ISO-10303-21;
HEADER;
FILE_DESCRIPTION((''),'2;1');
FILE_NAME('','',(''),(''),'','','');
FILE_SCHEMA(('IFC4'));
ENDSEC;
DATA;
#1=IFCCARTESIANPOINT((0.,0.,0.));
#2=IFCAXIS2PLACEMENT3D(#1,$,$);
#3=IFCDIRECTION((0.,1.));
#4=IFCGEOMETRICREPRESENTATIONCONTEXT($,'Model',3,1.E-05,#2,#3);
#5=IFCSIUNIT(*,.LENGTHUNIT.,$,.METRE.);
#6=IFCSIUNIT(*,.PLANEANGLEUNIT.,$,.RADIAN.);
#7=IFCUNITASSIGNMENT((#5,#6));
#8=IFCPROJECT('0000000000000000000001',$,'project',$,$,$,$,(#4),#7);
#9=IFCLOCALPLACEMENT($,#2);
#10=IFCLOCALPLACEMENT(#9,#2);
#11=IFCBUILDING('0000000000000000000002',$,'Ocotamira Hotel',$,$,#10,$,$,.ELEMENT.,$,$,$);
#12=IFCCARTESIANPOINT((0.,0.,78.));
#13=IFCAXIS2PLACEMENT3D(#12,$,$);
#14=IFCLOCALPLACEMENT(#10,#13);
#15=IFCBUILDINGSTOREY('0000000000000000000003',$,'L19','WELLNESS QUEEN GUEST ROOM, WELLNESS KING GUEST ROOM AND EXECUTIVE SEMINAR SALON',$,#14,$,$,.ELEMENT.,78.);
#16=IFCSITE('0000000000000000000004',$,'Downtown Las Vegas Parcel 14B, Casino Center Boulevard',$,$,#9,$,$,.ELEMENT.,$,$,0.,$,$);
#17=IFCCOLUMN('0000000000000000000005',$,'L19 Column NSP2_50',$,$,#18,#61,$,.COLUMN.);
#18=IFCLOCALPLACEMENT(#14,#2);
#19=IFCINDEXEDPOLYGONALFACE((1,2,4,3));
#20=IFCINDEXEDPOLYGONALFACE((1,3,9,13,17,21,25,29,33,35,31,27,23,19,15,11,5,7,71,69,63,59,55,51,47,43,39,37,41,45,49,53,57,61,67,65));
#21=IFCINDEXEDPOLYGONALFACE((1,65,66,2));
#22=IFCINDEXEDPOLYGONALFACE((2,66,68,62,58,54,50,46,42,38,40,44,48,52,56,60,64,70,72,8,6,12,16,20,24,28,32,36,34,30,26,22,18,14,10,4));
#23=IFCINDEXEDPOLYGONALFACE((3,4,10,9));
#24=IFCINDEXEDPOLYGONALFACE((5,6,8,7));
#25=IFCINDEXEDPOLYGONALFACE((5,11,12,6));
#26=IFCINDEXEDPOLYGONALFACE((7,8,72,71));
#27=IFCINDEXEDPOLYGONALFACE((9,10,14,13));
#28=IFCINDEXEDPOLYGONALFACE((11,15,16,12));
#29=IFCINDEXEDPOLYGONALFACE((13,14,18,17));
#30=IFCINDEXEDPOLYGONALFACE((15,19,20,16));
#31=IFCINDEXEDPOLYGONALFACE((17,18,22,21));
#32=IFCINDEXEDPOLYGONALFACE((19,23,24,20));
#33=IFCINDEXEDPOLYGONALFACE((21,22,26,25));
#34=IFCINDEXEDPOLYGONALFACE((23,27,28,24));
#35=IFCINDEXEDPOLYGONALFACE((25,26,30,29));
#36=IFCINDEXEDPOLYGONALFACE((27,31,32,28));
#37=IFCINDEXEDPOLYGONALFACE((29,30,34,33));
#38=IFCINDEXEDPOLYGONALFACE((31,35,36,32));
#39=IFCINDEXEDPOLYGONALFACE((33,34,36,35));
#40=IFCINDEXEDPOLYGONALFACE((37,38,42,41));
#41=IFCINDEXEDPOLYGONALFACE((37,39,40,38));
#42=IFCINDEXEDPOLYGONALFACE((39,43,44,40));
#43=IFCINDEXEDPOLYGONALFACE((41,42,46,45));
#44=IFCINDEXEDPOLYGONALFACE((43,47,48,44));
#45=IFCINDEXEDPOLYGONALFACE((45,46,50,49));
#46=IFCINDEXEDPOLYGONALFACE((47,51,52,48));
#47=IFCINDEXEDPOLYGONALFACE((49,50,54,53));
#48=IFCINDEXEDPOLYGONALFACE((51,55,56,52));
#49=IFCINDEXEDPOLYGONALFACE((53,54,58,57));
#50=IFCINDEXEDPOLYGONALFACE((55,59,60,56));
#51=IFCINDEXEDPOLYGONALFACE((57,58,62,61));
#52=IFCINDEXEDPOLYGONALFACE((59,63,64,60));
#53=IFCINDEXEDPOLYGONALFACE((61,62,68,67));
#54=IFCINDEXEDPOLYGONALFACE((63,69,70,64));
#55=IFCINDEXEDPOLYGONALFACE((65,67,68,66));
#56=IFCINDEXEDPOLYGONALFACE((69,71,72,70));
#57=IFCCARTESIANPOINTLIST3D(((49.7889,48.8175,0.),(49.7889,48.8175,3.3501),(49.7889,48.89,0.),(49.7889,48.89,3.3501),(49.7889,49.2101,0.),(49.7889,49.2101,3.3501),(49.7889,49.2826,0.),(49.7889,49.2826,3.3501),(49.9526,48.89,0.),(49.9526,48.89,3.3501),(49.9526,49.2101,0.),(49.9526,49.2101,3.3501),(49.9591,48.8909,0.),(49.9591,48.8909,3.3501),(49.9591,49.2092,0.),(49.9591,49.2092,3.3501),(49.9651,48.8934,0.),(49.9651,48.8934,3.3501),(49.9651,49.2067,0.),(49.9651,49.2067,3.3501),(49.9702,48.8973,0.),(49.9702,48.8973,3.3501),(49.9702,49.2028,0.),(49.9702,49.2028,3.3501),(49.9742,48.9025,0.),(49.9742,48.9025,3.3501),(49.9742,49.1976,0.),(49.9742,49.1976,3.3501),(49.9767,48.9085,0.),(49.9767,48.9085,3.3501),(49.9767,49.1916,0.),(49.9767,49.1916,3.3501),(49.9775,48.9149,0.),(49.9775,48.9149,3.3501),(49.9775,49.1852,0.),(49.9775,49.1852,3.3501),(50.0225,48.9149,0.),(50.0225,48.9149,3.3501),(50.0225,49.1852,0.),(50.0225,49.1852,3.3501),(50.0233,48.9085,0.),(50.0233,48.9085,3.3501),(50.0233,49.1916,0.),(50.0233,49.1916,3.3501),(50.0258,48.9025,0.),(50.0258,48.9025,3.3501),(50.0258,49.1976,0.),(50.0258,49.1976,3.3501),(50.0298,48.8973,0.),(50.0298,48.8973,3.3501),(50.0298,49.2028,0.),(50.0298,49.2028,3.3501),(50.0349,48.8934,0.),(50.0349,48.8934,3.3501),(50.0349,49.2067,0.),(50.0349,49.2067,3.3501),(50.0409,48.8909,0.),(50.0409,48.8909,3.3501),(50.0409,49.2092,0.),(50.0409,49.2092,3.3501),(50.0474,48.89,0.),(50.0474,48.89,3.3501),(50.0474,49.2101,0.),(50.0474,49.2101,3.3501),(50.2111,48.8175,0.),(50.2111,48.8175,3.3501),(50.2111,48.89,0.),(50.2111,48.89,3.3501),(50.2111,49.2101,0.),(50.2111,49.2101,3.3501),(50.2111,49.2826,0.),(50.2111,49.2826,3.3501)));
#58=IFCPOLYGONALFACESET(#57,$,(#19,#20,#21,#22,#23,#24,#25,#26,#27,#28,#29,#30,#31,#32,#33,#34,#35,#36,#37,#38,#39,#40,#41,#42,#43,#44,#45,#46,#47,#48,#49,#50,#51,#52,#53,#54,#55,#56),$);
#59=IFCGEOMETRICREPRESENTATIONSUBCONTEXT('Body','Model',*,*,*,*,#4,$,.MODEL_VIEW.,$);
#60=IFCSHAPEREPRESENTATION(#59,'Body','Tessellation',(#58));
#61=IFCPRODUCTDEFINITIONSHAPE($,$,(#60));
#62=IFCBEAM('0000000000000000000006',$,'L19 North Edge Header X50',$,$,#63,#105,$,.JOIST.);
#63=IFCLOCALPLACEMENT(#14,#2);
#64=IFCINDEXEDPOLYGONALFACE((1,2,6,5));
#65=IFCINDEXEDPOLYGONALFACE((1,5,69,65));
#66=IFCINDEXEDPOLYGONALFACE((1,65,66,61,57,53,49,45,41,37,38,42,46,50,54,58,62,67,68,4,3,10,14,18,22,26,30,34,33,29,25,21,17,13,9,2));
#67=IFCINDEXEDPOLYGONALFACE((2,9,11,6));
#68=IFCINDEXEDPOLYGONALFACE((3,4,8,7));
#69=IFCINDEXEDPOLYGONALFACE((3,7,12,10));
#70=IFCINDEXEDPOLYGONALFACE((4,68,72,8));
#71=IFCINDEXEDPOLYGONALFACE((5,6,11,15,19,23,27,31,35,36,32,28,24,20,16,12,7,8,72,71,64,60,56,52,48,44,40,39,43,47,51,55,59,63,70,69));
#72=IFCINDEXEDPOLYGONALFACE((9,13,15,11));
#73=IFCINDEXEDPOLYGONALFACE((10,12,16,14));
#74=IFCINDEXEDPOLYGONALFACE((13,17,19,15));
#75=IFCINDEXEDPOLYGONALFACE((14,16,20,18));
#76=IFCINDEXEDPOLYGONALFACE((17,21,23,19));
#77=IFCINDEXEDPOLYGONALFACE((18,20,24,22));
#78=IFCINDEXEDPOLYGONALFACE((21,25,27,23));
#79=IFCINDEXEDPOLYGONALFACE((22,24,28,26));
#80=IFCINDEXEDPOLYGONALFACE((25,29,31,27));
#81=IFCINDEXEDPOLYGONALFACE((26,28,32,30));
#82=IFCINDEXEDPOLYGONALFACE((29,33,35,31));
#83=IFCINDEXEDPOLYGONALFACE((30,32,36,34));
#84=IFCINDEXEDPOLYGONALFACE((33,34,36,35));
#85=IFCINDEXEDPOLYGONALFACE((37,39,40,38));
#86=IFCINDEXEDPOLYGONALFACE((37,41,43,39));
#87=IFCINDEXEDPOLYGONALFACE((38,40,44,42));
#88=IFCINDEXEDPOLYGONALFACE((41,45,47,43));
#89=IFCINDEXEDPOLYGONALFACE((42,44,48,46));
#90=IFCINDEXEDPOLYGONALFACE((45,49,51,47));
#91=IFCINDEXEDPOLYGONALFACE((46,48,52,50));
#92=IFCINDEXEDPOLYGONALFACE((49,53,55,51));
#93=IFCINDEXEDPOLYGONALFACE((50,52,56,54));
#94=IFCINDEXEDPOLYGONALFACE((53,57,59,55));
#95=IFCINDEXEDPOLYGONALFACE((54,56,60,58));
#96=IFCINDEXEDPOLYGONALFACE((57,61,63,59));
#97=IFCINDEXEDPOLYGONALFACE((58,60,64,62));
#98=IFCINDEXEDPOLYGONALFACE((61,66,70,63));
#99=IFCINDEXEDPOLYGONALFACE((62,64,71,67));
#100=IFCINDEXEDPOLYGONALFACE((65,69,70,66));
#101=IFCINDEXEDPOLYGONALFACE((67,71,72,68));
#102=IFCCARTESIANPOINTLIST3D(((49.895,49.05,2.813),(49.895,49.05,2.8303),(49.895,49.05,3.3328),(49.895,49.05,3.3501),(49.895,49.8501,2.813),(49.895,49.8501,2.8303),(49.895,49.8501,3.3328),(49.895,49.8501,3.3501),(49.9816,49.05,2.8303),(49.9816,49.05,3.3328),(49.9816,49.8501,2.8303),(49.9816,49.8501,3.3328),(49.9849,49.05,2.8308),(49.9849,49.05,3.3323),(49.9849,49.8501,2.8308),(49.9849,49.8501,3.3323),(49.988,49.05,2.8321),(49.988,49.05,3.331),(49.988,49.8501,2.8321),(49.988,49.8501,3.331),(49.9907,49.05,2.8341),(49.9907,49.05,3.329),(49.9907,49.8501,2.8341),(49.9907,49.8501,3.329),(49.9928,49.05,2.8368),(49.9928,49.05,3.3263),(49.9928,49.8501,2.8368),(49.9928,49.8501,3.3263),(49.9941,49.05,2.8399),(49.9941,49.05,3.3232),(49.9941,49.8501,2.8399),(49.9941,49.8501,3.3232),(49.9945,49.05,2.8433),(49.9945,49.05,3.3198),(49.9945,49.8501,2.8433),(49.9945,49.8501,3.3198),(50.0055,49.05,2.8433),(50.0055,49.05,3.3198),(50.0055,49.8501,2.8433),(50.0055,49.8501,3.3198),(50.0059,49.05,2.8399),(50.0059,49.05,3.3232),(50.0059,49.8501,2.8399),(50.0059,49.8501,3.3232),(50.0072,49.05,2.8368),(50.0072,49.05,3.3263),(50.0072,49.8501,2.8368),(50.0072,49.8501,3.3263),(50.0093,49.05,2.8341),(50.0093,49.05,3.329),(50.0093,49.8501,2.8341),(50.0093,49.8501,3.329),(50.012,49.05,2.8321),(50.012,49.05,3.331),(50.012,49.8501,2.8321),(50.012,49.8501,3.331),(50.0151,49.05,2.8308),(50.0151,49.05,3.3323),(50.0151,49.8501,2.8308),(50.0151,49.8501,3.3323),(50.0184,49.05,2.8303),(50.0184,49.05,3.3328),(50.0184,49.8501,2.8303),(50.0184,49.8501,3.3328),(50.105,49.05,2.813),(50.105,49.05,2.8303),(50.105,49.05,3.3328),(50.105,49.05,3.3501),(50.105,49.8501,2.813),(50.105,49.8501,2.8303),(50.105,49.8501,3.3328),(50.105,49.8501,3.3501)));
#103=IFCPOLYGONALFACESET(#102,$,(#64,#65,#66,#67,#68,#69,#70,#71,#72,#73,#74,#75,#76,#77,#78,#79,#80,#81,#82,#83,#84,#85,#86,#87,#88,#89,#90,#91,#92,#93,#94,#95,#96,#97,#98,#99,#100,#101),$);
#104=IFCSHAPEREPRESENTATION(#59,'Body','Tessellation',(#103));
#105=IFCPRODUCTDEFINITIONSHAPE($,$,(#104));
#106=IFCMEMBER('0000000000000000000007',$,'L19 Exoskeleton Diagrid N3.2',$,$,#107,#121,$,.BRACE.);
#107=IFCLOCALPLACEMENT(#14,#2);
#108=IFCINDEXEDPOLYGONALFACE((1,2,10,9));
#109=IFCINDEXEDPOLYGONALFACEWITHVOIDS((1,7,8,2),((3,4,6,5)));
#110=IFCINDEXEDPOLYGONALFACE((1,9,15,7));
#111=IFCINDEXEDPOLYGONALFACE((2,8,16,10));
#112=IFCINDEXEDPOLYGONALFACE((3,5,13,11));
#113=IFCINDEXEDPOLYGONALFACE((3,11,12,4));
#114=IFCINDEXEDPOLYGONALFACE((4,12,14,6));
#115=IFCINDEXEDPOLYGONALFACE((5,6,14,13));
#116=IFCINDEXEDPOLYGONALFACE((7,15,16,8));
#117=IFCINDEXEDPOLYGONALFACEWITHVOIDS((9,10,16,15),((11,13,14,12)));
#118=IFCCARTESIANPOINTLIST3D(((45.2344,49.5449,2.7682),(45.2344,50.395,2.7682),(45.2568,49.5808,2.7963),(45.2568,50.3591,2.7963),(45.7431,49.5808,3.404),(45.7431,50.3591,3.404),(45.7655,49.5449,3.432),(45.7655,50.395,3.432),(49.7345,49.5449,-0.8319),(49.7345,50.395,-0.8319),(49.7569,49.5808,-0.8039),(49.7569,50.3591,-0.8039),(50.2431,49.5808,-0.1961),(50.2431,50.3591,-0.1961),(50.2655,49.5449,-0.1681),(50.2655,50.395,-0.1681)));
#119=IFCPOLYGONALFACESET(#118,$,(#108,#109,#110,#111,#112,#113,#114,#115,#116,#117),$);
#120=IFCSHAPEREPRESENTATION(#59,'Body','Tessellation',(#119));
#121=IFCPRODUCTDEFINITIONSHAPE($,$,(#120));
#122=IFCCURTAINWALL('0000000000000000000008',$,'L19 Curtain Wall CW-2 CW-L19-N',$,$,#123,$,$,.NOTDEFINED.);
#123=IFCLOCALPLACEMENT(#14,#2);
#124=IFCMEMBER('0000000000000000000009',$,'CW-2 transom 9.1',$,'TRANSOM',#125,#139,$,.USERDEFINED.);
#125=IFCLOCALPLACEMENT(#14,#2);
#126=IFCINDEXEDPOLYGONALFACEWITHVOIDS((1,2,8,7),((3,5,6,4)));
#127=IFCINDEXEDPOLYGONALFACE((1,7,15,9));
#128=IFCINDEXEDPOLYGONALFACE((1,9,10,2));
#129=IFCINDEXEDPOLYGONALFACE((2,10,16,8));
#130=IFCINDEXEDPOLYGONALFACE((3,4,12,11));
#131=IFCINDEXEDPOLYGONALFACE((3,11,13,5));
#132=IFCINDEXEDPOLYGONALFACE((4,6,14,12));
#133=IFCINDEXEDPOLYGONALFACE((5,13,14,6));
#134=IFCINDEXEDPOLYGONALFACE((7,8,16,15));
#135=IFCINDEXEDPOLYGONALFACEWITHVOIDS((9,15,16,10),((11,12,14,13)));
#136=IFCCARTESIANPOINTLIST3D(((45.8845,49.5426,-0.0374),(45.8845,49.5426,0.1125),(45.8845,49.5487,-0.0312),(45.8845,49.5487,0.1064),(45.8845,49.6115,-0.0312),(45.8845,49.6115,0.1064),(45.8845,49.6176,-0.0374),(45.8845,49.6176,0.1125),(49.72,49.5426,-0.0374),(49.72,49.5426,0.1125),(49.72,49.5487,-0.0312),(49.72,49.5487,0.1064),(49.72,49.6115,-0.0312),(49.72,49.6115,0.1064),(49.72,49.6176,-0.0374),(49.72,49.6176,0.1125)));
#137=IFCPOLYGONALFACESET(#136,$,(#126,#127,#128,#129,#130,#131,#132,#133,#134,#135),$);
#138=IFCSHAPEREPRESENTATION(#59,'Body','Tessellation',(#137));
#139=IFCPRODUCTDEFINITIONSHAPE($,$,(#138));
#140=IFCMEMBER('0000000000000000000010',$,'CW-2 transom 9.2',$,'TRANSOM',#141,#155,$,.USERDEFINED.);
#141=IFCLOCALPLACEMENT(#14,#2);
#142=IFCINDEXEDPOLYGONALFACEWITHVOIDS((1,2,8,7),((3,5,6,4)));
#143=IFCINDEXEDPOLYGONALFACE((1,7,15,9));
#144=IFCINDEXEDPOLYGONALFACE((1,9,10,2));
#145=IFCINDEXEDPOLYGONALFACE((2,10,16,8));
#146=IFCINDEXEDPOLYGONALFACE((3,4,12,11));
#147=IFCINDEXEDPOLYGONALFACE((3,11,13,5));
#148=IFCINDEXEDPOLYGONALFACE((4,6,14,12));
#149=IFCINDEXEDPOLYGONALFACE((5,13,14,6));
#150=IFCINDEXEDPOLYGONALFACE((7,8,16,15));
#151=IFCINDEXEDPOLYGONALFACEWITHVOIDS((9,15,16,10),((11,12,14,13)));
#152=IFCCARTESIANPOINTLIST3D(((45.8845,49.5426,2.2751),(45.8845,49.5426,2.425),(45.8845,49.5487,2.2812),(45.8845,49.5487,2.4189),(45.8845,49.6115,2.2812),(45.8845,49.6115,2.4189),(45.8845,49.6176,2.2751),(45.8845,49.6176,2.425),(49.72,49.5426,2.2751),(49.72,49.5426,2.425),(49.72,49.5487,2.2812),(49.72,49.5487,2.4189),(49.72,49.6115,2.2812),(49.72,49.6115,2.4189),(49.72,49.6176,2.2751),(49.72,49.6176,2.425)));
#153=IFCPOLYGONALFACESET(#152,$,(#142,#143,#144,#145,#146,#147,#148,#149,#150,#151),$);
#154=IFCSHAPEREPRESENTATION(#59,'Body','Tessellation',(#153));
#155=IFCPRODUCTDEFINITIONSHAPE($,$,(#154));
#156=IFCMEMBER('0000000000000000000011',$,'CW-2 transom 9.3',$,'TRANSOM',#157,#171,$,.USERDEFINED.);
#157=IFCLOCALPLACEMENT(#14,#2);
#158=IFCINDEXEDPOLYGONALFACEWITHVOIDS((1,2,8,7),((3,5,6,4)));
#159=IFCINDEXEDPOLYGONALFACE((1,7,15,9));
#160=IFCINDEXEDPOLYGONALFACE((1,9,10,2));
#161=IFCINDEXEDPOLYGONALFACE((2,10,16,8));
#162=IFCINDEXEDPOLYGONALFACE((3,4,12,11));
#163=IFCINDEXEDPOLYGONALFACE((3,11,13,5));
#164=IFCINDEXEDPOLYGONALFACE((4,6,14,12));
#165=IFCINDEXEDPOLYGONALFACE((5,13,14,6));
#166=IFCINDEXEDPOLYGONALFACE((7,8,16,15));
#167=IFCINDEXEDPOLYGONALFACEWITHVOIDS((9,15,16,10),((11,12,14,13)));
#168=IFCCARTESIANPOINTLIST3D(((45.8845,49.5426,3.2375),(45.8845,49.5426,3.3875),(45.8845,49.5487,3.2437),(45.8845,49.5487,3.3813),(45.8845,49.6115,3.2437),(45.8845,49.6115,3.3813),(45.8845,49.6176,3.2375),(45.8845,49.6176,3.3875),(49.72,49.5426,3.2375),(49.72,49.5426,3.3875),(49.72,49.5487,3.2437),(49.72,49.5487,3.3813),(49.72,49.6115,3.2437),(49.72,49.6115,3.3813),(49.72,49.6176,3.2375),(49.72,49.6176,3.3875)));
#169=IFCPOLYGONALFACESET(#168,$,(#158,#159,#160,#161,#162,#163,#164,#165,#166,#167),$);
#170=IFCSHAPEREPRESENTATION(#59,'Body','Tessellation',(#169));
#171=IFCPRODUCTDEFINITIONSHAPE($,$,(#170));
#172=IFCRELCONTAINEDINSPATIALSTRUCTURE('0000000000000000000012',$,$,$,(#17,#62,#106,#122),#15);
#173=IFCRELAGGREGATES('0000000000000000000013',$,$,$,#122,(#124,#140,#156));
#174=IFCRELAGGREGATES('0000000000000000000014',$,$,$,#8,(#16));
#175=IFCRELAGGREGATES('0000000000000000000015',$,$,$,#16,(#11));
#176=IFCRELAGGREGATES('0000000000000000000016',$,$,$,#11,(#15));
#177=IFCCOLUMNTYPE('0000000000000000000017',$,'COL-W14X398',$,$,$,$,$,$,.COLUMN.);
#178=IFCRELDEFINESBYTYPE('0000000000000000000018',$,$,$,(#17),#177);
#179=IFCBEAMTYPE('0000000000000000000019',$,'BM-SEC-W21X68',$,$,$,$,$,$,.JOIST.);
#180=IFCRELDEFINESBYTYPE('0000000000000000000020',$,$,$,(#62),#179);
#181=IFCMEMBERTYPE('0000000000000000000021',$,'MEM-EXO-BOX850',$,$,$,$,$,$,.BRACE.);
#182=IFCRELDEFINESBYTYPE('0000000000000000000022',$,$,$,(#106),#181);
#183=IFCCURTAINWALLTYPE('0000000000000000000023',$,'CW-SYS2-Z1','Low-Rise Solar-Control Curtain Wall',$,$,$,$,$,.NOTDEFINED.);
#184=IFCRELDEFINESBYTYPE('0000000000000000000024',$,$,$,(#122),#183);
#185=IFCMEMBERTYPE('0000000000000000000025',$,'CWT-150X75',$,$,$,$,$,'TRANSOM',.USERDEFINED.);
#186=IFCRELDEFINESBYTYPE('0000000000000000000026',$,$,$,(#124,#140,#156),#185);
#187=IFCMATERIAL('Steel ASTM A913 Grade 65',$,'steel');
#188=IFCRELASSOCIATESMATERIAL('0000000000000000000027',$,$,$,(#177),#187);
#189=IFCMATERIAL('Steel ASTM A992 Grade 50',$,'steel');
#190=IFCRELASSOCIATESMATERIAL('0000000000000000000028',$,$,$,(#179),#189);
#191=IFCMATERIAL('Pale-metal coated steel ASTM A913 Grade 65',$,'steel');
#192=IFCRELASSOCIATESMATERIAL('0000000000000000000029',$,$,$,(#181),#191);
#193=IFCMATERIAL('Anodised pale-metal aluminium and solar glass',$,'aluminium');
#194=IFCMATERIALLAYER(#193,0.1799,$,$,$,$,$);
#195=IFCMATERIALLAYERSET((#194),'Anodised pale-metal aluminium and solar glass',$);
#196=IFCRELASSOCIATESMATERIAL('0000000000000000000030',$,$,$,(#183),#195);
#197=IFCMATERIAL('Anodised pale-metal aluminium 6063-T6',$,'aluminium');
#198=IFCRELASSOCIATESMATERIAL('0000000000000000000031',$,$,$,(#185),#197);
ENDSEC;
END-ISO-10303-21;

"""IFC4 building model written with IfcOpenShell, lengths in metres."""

from ifc_helpers import new_model, si_unit, direction, frame, origin, origin_2d, place, context, subcontext, project, spatial, hollow_rectangle, i_section, extrude, source, transform, mapped, material, layer, layer_set, material_profile, profile_set, type_object, element, aggregate, save


model = new_model("IFC4")

# Units and contexts
model_context = context("Model", 3, precision=1e-05, world=origin(), true_north=direction((0.0, 1.0)))
body_context = subcontext(model_context, "Body", "Model", "MODEL_VIEW")
ifc_project = project(units=[si_unit("LENGTHUNIT", "METRE"), si_unit("PLANEANGLEUNIT", "RADIAN")], contexts=[model_context])

# Site, building, storey
site_placement = place(None, origin())
site = spatial("IfcSite", under=ifc_project, at=site_placement, Name="Downtown Las Vegas Parcel 14B, Casino Center Boulevard", CompositionType="ELEMENT", RefElevation=0.0)
building_placement = place(site_placement, origin())
building = spatial("IfcBuilding", under=site, at=building_placement, Name="Ocotamira Hotel", CompositionType="ELEMENT")
storey_placement = place(building_placement, frame((0.0, 0.0, 78.0)))
storey = spatial("IfcBuildingStorey", under=building, at=storey_placement, Name="L19", Description="WELLNESS QUEEN GUEST ROOM, WELLNESS KING GUEST ROOM AND EXECUTIVE SEMINAR SALON", CompositionType="ELEMENT", Elevation=78.0)

# Column
ifc_material_1 = material(Name="Steel ASTM A913 Grade 65", Category="steel")
ifc_material_profile_1 = material_profile(ifc_material_1, i_section(OverallWidth=0.4221, OverallDepth=0.4651, WebThickness=0.0449, FlangeThickness=0.0725, FilletRadius=0.0249, at=origin_2d()), Name="W14X398")
ifc_profile_set_1 = profile_set([ifc_material_profile_1], Name="Steel ASTM A913 Grade 65")
column_type = type_object("IfcColumnType", Name="COL-W14X398", PredefinedType="COLUMN", material=ifc_profile_set_1)
shared_shape_1 = source(origin(), body_context, "Body", "SweptSolid", [
    extrude(i_section(OverallWidth=0.4221, OverallDepth=0.4651, WebThickness=0.0449, FlangeThickness=0.0725, FilletRadius=0.0249, at=origin_2d()), origin(), (0.0, 0.0, 1.0), 3.3501),
])
column_placement = place(storey_placement, frame((50.0, 49.05, 0.0), z_axis=(0.0, 0.0, 1.0), x_axis=(1.0, 0.0, 0.0)))
element("IfcColumn", 1, at=column_placement, inside=storey, type_object=column_type, Name="L19 Column NSP2_50", PredefinedType="COLUMN", context=body_context, shape_type="MappedRepresentation", body=[
    mapped(shared_shape_1, transform((0.0, 0.0, 0.0), scale=1.0)),
])

# Beam
ifc_material_2 = material(Name="Steel ASTM A992 Grade 50", Category="steel")
ifc_material_profile_2 = material_profile(ifc_material_2, i_section(OverallWidth=0.21, OverallDepth=0.5371, WebThickness=0.011, FlangeThickness=0.0173, FilletRadius=0.0129, at=origin_2d()), Name="W21X68")
ifc_profile_set_2 = profile_set([ifc_material_profile_2], Name="Steel ASTM A992 Grade 50")
beam_type = type_object("IfcBeamType", Name="BM-SEC-W21X68", PredefinedType="JOIST", material=ifc_profile_set_2)
shared_shape_2 = source(origin(), body_context, "Body", "SweptSolid", [
    extrude(i_section(OverallWidth=0.21, OverallDepth=0.5371, WebThickness=0.011, FlangeThickness=0.0173, FilletRadius=0.0129, at=origin_2d()), origin(), (0.0, 0.0, 1.0), 0.8),
])
beam_placement = place(storey_placement, frame((50.0, 49.05, 3.0815), z_axis=(0.0, 1.0, 0.0), x_axis=(-1.0, 0.0, 0.0)))
element("IfcBeam", 2, at=beam_placement, inside=storey, type_object=beam_type, Name="L19 North Edge Header X50", PredefinedType="JOIST", context=body_context, shape_type="MappedRepresentation", body=[
    mapped(shared_shape_2, transform((0.0, 0.0, 0.0), scale=1.0)),
])

# Member
ifc_material_3 = material(Name="Pale-metal coated steel ASTM A913 Grade 65", Category="steel")
ifc_material_profile_3 = material_profile(ifc_material_3, hollow_rectangle(XDim=0.8501, YDim=0.8501, WallThickness=0.0359, at=origin_2d()), Name="BOX850X850X36")
ifc_profile_set_3 = profile_set([ifc_material_profile_3], Name="Pale-metal coated steel ASTM A913 Grade 65")
member_type_1 = type_object("IfcMemberType", Name="MEM-EXO-BOX850", PredefinedType="BRACE", material=ifc_profile_set_3)
shared_shape_3 = source(origin(), body_context, "Body", "SweptSolid", [
    extrude(hollow_rectangle(XDim=0.8501, YDim=0.8501, WallThickness=0.0359, at=origin_2d()), origin(), (0.0, 0.0, 1.0), 5.7629),
])
member_1_placement = place(storey_placement, frame((50.0, 49.97, -0.5), z_axis=(-0.780861, 0.0, 0.624705), x_axis=(0.0, -1.0, 0.0)))
element("IfcMember", 3, at=member_1_placement, inside=storey, type_object=member_type_1, Name="L19 Exoskeleton Diagrid N3.2", PredefinedType="BRACE", context=body_context, shape_type="MappedRepresentation", body=[
    mapped(shared_shape_3, transform((0.0, 0.0, 0.0), scale=1.0)),
])

# Curtain wall, members
ifc_material_4 = material(Name="Anodised pale-metal aluminium and solar glass", Category="aluminium")
ifc_layer_1 = layer(ifc_material_4, 0.1799)
ifc_layer_set_1 = layer_set([ifc_layer_1], Name="Anodised pale-metal aluminium and solar glass")
curtain_wall_type = type_object("IfcCurtainWallType", Name="CW-SYS2-Z1", Description="Low-Rise Solar-Control Curtain Wall", PredefinedType="NOTDEFINED", material=ifc_layer_set_1)
curtain_wall_1_placement = place(storey_placement, origin())
curtain_wall_1 = element("IfcCurtainWall", 4, at=curtain_wall_1_placement, inside=storey, type_object=curtain_wall_type, Name="L19 Curtain Wall CW-2 CW-L19-N", PredefinedType="NOTDEFINED")
ifc_material_5 = material(Name="Anodised pale-metal aluminium 6063-T6", Category="aluminium")
ifc_material_profile_4 = material_profile(ifc_material_5, hollow_rectangle(XDim=0.075, YDim=0.1499, WallThickness=0.0061, at=origin_2d()), Name="HSS150X75X6")
ifc_profile_set_4 = profile_set([ifc_material_profile_4], Name="Anodised pale-metal aluminium 6063-T6")
member_type_2 = type_object("IfcMemberType", Name="CWT-150X75", ElementType="TRANSOM", PredefinedType="USERDEFINED", material=ifc_profile_set_4)
shared_shape_4 = source(origin(), body_context, "Body", "SweptSolid", [
    extrude(hollow_rectangle(XDim=0.075, YDim=0.1499, WallThickness=0.0061, at=origin_2d()), origin(), (0.0, 0.0, 1.0), 3.8354),
])
member_2_placement = place(storey_placement, frame((45.8845, 49.5801, 0.0376), z_axis=(1.0, 0.0, 0.0), x_axis=(0.0, 1.0, 0.0)))
member_2 = element("IfcMember", 5, at=member_2_placement, type_object=member_type_2, Name="CW-2 transom 9.1", ObjectType="TRANSOM", PredefinedType="USERDEFINED", context=body_context, shape_type="MappedRepresentation", body=[
    mapped(shared_shape_4, transform((0.0, 0.0, 0.0), scale=1.0)),
])
member_3_placement = place(storey_placement, frame((45.8845, 49.5801, 2.3501), z_axis=(1.0, 0.0, 0.0), x_axis=(0.0, 1.0, 0.0)))
member_3 = element("IfcMember", 6, at=member_3_placement, type_object=member_type_2, Name="CW-2 transom 9.2", ObjectType="TRANSOM", PredefinedType="USERDEFINED", context=body_context, shape_type="MappedRepresentation", body=[
    mapped(shared_shape_4, transform((0.0, 0.0, 0.0), scale=1.0)),
])
member_4_placement = place(storey_placement, frame((45.8845, 49.5801, 3.3125), z_axis=(1.0, 0.0, 0.0), x_axis=(0.0, 1.0, 0.0)))
member_4 = element("IfcMember", 7, at=member_4_placement, type_object=member_type_2, Name="CW-2 transom 9.3", ObjectType="TRANSOM", PredefinedType="USERDEFINED", context=body_context, shape_type="MappedRepresentation", body=[
    mapped(shared_shape_4, transform((0.0, 0.0, 0.0), scale=1.0)),
])

aggregate(curtain_wall_1, [member_2, member_3, member_4])

save(model, "model.ifc")
